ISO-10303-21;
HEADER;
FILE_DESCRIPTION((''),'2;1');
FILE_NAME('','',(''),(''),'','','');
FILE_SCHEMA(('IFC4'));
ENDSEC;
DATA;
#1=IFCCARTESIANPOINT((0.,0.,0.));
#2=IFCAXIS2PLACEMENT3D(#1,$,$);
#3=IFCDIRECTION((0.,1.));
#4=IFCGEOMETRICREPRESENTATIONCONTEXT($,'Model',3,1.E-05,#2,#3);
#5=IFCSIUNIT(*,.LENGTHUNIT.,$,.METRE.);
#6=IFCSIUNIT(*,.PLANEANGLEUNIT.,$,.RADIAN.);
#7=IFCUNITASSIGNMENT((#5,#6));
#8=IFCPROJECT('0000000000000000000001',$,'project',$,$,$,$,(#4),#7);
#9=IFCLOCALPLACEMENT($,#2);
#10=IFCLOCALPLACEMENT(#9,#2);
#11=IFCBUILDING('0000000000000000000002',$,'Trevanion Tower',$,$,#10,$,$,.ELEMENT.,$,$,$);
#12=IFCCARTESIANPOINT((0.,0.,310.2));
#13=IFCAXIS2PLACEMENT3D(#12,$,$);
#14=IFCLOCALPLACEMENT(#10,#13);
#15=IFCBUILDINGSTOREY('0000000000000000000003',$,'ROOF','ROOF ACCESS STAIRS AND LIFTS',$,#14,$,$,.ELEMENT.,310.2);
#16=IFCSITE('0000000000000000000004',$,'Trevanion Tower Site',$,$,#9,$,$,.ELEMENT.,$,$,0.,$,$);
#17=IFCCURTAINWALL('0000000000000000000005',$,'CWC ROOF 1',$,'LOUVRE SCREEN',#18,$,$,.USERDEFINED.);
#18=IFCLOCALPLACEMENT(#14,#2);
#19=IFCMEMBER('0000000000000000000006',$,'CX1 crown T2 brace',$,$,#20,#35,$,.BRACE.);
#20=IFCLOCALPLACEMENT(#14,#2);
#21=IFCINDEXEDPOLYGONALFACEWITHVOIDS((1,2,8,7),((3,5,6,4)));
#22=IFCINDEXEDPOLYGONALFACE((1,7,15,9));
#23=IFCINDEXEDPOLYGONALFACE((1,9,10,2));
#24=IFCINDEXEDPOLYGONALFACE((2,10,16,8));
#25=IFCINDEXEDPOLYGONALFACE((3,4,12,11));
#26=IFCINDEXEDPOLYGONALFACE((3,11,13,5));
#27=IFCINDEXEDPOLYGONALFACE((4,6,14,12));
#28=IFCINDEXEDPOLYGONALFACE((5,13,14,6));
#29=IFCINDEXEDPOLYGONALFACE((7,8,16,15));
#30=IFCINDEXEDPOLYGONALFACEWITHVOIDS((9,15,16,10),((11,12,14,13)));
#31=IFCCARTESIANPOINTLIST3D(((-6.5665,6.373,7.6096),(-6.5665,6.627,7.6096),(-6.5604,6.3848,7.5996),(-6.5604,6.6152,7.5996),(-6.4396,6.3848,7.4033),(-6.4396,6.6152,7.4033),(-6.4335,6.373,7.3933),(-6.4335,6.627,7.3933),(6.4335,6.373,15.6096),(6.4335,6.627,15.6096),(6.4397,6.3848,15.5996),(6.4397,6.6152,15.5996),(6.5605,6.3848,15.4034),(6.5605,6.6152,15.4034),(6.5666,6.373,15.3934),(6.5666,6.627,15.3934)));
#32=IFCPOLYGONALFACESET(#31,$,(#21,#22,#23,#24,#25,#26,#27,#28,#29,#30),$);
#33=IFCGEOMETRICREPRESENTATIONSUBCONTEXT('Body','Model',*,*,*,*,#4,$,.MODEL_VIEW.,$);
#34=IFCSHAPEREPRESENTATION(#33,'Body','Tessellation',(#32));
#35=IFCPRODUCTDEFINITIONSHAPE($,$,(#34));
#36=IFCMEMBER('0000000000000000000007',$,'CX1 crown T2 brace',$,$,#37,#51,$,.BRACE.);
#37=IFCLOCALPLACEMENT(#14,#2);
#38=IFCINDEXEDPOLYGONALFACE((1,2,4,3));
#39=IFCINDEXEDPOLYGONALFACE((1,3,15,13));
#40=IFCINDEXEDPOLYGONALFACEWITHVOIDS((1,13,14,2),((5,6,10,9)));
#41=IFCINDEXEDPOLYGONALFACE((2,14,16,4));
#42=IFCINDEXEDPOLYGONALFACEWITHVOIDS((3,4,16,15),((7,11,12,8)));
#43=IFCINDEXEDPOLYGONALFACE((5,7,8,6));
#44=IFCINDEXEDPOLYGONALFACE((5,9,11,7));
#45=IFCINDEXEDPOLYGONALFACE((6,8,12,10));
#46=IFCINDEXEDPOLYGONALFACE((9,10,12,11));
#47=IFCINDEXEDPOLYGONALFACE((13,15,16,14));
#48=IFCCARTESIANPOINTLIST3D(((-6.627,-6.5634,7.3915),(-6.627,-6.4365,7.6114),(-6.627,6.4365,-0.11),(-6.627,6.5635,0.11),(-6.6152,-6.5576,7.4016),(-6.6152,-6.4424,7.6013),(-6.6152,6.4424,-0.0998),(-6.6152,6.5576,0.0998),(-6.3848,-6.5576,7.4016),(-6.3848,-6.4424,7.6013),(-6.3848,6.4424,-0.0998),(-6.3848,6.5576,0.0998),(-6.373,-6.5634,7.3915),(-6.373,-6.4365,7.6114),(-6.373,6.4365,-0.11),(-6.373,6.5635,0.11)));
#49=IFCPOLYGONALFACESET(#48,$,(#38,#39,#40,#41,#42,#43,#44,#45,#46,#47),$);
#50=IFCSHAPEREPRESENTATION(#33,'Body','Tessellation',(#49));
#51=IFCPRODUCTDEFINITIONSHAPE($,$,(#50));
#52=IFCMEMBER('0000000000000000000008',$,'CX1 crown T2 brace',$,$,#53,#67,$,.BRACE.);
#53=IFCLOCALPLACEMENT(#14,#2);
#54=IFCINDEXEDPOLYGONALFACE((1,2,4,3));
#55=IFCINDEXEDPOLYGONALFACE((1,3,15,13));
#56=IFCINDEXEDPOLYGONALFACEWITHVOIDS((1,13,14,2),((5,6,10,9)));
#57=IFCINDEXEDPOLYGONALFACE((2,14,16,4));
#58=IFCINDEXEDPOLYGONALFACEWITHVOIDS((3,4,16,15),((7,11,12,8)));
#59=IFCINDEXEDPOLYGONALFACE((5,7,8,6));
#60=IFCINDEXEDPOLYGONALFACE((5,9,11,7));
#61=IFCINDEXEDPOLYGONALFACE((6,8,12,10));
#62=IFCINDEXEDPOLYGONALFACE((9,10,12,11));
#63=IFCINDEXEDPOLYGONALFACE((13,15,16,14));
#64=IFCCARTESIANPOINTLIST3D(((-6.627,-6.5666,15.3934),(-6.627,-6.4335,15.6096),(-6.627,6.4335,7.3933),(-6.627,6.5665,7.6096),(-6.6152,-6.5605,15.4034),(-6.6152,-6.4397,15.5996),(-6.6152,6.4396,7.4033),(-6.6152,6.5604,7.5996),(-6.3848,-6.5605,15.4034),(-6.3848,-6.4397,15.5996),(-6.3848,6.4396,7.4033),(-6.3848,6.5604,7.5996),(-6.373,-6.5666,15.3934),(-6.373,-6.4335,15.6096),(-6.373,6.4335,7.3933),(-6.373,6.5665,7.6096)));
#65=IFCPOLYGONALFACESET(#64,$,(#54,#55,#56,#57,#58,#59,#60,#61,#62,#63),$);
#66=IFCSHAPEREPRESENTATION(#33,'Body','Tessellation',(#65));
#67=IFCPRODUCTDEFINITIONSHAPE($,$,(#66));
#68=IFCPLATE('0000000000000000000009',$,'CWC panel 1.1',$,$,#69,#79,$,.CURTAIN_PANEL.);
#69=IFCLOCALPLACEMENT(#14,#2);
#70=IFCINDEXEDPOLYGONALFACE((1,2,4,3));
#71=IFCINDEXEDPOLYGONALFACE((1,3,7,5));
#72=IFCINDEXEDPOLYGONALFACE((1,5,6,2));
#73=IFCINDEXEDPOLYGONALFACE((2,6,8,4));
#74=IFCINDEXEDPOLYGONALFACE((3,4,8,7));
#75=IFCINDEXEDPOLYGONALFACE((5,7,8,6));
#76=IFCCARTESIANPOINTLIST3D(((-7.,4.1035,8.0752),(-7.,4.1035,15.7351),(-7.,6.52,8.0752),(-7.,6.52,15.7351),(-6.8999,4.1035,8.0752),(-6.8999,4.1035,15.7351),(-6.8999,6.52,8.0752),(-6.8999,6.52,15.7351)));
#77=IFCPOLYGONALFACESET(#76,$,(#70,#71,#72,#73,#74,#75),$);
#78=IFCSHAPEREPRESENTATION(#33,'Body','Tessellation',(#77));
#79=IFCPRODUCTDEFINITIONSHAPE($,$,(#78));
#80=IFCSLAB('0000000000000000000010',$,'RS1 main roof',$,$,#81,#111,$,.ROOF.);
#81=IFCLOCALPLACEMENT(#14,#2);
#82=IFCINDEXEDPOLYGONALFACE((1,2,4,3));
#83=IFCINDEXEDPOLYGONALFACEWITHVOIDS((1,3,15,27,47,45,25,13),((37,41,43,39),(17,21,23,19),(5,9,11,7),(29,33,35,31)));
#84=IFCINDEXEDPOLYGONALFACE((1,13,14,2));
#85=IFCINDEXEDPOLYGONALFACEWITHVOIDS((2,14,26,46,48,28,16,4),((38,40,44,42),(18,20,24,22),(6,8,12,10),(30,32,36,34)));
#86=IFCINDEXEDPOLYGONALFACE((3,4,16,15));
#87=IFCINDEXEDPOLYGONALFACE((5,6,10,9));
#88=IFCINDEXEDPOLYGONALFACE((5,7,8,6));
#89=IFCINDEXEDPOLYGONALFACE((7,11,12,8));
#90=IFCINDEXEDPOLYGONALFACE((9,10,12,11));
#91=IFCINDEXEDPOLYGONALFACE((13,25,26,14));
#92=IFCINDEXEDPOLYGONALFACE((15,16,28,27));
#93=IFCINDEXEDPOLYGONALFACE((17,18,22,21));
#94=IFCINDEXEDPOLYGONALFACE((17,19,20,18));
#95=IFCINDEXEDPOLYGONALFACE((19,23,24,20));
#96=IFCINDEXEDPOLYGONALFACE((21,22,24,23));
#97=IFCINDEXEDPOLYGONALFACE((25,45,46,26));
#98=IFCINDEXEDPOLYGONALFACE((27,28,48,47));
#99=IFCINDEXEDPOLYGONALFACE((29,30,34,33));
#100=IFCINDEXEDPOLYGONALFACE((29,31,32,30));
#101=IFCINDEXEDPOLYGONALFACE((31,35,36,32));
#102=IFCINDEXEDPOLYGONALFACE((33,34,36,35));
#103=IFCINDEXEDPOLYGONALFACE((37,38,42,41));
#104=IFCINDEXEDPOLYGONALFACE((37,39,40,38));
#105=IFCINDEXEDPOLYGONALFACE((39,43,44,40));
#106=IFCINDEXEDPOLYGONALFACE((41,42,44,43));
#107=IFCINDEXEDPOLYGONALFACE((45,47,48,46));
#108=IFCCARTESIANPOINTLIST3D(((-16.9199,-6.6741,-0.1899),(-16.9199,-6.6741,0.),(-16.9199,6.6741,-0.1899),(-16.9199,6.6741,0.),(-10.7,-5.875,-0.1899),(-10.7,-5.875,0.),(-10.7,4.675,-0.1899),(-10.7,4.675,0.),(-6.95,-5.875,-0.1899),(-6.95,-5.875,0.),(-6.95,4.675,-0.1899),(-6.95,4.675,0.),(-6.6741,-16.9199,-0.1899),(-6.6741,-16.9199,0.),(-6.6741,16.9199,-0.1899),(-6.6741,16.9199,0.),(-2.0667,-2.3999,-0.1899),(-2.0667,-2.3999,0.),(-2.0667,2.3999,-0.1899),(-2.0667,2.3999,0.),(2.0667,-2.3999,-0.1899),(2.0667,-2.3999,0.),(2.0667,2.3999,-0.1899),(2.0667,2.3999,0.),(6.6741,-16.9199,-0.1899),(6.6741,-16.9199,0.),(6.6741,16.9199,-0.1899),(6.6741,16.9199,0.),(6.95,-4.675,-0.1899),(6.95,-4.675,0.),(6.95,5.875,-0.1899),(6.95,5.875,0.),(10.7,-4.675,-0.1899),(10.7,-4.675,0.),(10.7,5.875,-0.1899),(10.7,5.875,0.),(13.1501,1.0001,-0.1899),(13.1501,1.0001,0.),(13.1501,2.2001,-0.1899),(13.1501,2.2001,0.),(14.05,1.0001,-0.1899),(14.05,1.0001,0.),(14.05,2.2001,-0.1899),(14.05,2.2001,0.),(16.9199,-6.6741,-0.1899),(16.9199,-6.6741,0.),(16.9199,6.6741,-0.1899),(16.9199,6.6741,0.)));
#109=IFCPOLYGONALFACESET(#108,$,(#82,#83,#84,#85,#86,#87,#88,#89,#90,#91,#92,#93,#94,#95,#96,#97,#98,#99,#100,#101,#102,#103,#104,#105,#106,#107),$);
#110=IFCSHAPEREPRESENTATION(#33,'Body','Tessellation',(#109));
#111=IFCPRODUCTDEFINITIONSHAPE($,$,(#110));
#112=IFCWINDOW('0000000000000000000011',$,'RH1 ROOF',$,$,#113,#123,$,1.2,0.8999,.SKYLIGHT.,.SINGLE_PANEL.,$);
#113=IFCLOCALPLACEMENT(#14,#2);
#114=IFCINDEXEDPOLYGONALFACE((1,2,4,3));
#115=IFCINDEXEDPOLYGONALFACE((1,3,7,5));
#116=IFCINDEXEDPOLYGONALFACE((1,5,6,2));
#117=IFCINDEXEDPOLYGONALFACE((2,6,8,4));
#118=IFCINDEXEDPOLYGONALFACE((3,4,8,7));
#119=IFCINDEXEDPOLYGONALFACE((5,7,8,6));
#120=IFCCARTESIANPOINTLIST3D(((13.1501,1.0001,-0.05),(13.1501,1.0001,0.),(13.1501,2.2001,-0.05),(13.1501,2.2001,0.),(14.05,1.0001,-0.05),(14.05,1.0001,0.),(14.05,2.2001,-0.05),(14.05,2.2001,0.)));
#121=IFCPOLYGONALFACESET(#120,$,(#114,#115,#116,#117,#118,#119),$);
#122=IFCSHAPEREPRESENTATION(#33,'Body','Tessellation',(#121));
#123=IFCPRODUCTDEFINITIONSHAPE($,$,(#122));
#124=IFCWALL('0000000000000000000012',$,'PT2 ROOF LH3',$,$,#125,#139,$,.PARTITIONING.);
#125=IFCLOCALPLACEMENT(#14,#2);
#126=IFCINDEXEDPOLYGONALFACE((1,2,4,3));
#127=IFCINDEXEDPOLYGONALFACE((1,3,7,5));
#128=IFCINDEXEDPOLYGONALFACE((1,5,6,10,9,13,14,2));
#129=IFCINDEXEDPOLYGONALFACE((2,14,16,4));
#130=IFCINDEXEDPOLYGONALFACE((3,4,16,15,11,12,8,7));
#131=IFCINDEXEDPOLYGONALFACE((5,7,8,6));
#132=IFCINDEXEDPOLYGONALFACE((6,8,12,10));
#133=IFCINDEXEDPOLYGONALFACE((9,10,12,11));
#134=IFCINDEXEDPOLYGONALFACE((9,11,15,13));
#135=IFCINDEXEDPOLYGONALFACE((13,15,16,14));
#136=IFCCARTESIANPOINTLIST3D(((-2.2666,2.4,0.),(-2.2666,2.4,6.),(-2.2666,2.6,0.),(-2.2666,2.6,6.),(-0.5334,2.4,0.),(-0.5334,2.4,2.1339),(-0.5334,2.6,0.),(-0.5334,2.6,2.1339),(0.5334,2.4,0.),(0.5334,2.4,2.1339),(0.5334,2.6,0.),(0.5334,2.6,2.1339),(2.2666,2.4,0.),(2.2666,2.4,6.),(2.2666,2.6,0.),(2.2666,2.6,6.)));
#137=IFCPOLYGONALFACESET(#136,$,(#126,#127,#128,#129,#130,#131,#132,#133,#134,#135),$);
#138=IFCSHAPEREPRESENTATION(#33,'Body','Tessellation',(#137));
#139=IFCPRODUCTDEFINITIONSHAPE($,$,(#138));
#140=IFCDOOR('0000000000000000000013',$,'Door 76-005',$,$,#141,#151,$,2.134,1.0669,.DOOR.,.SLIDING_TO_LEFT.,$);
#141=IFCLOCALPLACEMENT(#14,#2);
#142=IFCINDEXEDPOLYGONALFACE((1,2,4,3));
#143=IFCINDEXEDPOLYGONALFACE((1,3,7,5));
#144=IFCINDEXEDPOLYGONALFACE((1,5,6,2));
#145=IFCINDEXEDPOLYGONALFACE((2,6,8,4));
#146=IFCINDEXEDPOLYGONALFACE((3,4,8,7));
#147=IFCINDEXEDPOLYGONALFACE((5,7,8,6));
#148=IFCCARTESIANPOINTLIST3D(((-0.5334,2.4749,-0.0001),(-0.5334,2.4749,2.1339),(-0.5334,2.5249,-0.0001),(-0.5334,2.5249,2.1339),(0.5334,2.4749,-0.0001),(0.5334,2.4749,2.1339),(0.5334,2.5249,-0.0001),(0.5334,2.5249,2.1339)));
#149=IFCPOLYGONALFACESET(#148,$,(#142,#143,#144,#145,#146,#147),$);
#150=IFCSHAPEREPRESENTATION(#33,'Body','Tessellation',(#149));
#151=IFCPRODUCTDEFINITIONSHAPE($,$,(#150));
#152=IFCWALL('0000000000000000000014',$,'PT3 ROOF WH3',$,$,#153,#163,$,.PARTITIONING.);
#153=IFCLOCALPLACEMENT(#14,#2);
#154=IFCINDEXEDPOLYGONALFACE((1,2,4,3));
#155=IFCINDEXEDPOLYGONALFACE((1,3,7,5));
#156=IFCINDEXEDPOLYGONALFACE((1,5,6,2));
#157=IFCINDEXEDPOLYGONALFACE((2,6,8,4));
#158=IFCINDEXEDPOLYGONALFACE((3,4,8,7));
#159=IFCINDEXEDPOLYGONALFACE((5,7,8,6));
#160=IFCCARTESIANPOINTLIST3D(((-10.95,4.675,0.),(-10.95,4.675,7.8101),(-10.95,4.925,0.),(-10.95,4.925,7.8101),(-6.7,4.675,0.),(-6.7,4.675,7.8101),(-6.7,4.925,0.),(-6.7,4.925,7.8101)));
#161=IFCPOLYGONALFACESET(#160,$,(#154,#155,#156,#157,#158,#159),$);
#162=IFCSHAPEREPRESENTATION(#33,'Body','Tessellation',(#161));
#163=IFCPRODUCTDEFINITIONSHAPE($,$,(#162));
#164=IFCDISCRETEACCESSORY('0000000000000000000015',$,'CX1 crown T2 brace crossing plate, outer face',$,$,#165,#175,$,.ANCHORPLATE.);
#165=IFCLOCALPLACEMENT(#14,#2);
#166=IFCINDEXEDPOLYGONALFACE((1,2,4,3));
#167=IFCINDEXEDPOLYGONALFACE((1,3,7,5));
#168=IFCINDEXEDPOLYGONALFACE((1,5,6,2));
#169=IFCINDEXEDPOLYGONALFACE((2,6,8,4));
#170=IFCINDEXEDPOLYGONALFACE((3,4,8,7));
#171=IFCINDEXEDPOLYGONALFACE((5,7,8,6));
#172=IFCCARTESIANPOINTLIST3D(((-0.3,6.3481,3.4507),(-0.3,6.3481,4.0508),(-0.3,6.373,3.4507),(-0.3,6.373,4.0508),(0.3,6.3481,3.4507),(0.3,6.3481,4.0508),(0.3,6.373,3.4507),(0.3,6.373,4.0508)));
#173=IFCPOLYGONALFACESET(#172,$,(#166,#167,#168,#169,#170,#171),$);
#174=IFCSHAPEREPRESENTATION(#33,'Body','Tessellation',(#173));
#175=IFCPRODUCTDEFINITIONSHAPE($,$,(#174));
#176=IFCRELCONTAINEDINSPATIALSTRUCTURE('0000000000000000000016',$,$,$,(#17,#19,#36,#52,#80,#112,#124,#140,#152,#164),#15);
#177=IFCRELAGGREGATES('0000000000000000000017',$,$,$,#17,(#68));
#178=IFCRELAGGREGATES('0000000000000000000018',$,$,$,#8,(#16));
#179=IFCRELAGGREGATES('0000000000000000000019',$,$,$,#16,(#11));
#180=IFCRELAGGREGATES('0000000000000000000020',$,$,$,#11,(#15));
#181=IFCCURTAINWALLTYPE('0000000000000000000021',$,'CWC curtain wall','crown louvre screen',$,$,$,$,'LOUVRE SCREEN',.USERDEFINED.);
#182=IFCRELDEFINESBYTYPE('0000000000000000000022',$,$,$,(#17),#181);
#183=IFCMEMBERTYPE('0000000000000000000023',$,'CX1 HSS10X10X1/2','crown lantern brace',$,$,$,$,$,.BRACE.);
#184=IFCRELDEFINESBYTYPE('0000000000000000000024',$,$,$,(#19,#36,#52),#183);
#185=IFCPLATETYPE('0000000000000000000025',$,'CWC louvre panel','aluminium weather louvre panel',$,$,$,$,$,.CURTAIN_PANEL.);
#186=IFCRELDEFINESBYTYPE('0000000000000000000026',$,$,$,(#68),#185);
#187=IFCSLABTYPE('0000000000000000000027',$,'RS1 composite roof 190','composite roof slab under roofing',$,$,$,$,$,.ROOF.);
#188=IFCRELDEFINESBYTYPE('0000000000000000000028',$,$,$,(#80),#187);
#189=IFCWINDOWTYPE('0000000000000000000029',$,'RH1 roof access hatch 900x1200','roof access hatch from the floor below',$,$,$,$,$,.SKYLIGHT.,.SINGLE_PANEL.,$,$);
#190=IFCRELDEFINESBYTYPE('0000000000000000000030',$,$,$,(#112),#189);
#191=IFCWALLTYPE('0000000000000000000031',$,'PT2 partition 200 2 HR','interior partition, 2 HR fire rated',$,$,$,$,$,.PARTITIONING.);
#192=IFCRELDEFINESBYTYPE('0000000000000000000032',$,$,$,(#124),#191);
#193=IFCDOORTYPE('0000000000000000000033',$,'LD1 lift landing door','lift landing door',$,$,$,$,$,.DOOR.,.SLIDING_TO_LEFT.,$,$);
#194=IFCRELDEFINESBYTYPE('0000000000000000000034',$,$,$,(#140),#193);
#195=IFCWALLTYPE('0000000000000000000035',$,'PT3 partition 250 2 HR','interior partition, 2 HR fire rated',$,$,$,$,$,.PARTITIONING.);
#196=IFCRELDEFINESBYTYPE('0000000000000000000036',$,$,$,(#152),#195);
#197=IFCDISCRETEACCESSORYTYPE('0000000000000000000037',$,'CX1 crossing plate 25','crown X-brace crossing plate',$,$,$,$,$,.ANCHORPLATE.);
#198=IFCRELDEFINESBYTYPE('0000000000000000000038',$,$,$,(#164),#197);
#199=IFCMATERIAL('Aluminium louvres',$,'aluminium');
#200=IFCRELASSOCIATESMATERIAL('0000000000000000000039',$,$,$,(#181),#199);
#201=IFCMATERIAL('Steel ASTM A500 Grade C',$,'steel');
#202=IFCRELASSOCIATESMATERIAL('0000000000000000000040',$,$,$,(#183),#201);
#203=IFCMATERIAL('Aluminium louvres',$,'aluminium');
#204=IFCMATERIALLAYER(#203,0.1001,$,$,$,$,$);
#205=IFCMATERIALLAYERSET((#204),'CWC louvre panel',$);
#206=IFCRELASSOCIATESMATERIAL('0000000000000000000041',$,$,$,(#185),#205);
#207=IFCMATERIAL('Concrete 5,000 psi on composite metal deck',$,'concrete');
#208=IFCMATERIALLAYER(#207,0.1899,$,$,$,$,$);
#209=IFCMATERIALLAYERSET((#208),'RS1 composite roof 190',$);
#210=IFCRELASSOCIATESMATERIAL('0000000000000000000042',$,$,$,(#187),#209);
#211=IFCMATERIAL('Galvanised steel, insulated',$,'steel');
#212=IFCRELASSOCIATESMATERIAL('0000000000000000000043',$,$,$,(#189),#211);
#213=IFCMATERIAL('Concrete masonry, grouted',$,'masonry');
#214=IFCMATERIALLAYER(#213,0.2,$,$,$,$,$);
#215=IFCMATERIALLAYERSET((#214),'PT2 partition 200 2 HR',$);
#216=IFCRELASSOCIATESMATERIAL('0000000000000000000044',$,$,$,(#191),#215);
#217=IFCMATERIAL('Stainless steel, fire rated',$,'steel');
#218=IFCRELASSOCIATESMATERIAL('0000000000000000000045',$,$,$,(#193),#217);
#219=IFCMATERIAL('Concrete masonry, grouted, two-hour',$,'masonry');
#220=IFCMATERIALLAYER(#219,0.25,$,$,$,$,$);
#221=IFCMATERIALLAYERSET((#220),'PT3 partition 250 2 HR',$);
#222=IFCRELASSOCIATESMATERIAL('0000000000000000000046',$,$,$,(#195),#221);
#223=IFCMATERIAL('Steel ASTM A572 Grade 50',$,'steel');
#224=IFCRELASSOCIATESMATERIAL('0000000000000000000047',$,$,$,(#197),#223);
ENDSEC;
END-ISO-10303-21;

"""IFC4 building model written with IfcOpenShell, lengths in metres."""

from ifc_helpers import new_model, si_unit, direction, frame, frame_2d, origin, origin_2d, place, context, subcontext, project, spatial, polyline, rectangle, hollow_rectangle, outline, extrude, material, layer, layer_set, material_profile, profile_set, type_object, element, fill, aggregate, save


model = new_model("IFC4")

# Units and contexts
model_context = context("Model", 3, precision=1e-05, world=origin(), true_north=direction((0.0, 1.0)))
body_context = subcontext(model_context, "Body", "Model", "MODEL_VIEW")
ifc_project = project(units=[si_unit("LENGTHUNIT", "METRE"), si_unit("PLANEANGLEUNIT", "RADIAN")], contexts=[model_context])

# Site, building, storey
site_placement = place(None, origin())
site = spatial("IfcSite", under=ifc_project, at=site_placement, Name="Trevanion Tower Site", CompositionType="ELEMENT", RefElevation=0.0)
building_placement = place(site_placement, origin())
building = spatial("IfcBuilding", under=site, at=building_placement, Name="Trevanion Tower", CompositionType="ELEMENT")
storey_placement = place(building_placement, frame((0.0, 0.0, 310.2)))
storey = spatial("IfcBuildingStorey", under=building, at=storey_placement, Name="ROOF", Description="ROOF ACCESS STAIRS AND LIFTS", CompositionType="ELEMENT", Elevation=310.2)

# Curtain wall
ifc_material_1 = material(Name="Aluminium louvres", Category="aluminium")
curtain_wall_type = type_object("IfcCurtainWallType", Name="CWC curtain wall", Description="crown louvre screen", ElementType="LOUVRE SCREEN", PredefinedType="USERDEFINED", material=ifc_material_1)
curtain_wall_placement = place(storey_placement, origin())
curtain_wall = element("IfcCurtainWall", 1, at=curtain_wall_placement, inside=storey, type_object=curtain_wall_type, Name="CWC ROOF 1", ObjectType="LOUVRE SCREEN", PredefinedType="USERDEFINED")

# Members
ifc_material_2 = material(Name="Steel ASTM A500 Grade C", Category="steel")
ifc_material_profile_1 = material_profile(ifc_material_2, hollow_rectangle(XDim=0.2539, YDim=0.2539, WallThickness=0.0117, at=origin_2d()), Name="HSS10X10X1/2")
ifc_profile_set_1 = profile_set([ifc_material_profile_1], Name="Steel ASTM A500 Grade C")
member_type_1 = type_object("IfcMemberType", Name="CX1 HSS10X10X1/2", Description="crown lantern brace", PredefinedType="BRACE", material=ifc_profile_set_1)
member_1_placement = place(storey_placement, frame((-6.5, 6.5, 7.5015), z_axis=(0.851658, 0.0, 0.524097), x_axis=(0.0, 1.0, 0.0)))
element("IfcMember", 2, at=member_1_placement, inside=storey, type_object=member_type_1, Name="CX1 crown T2 brace", PredefinedType="BRACE", context=body_context, shape_type="SweptSolid", body=[
    extrude(hollow_rectangle(XDim=0.2539, YDim=0.2539, WallThickness=0.0117, at=origin_2d()), origin(), (0.0, 0.0, 1.0), 15.2644),
])
member_2_placement = place(storey_placement, frame((-6.5, 6.5, 0.0), z_axis=(0.0, -0.866143, 0.499796), x_axis=(1.0, 0.0, 0.0)))
element("IfcMember", 3, at=member_2_placement, inside=storey, type_object=member_type_1, Name="CX1 crown T2 brace", PredefinedType="BRACE", context=body_context, shape_type="SweptSolid", body=[
    extrude(hollow_rectangle(XDim=0.2539, YDim=0.2539, WallThickness=0.0117, at=origin_2d()), origin(), (0.0, 0.0, 1.0), 15.009),
])
member_3_placement = place(storey_placement, frame((-6.5, 6.5, 7.5015), z_axis=(0.0, -0.851658, 0.524097), x_axis=(1.0, 0.0, 0.0)))
element("IfcMember", 4, at=member_3_placement, inside=storey, type_object=member_type_1, Name="CX1 crown T2 brace", PredefinedType="BRACE", context=body_context, shape_type="SweptSolid", body=[
    extrude(hollow_rectangle(XDim=0.2539, YDim=0.2539, WallThickness=0.0117, at=origin_2d()), origin(), (0.0, 0.0, 1.0), 15.2644),
])

# Plate
ifc_material_3 = material(Name="Aluminium louvres", Category="aluminium")
ifc_layer_1 = layer(ifc_material_3, 0.1001)
ifc_layer_set_1 = layer_set([ifc_layer_1], Name="CWC louvre panel")
plate_type = type_object("IfcPlateType", Name="CWC louvre panel", Description="aluminium weather louvre panel", PredefinedType="CURTAIN_PANEL", material=ifc_layer_set_1)
plate_placement = place(storey_placement, frame((-6.95, 5.3118, 8.0752), z_axis=(0.0, 0.0, 1.0), x_axis=(0.0, -1.0, 0.0)))
plate = element("IfcPlate", 5, at=plate_placement, type_object=plate_type, Name="CWC panel 1.1", PredefinedType="CURTAIN_PANEL", context=body_context, shape_type="SweptSolid", body=[
    extrude(rectangle(XDim=2.4165, YDim=0.1001, at=origin_2d()), origin(), (0.0, 0.0, 1.0), 7.6599),
])
aggregate(curtain_wall, [plate])

# Slab, opening, window
ifc_material_4 = material(Name="Concrete 5,000 psi on composite metal deck", Category="concrete")
ifc_layer_2 = layer(ifc_material_4, 0.1899)
ifc_layer_set_2 = layer_set([ifc_layer_2], Name="RS1 composite roof 190")
slab_type = type_object("IfcSlabType", Name="RS1 composite roof 190", Description="composite roof slab under roofing", PredefinedType="ROOF", material=ifc_layer_set_2)
slab_placement = place(storey_placement, frame((0.0, 0.0, -0.1899)))
slab = element("IfcSlab", 6, at=slab_placement, inside=storey, type_object=slab_type, Name="RS1 main roof", PredefinedType="ROOF", context=body_context, shape_type="SweptSolid", body=[
    extrude(outline(polyline([(16.9199, -6.6741), (16.9199, 6.6741), (6.6741, 16.9199), (-6.6741, 16.9199), (-16.9199, 6.6741), (-16.9199, -6.6741), (-6.6741, -16.9199), (6.6741, -16.9199), (16.9199, -6.6741)]), holes=[polyline([(6.95, -4.675), (10.7, -4.675), (10.7, 5.875), (6.95, 5.875), (6.95, -4.675)]), polyline([(-6.95, 4.675), (-10.7, 4.675), (-10.7, -5.875), (-6.95, -5.875), (-6.95, 4.675)]), polyline([(-2.0667, -2.3999), (2.0667, -2.3999), (2.0667, 2.3999), (-2.0667, 2.3999), (-2.0667, -2.3999)])]), origin(), (0.0, 0.0, 1.0), 0.1899),
])
opening_1_placement = place(slab_placement, frame((13.6001, 1.6001, 0.0)))
opening_1 = element("IfcOpeningElement", 7, at=opening_1_placement, cuts=slab, PredefinedType="OPENING", context=body_context, shape_type="SweptSolid", body=[
    extrude(rectangle(XDim=0.8999, YDim=1.2, at=origin_2d()), origin(), (0.0, 0.0, 1.0), 0.1899),
])
ifc_material_5 = material(Name="Galvanised steel, insulated", Category="steel")
window_type = type_object("IfcWindowType", Name="RH1 roof access hatch 900x1200", Description="roof access hatch from the floor below", PartitioningType="SINGLE_PANEL", PredefinedType="SKYLIGHT", material=ifc_material_5)
window_placement = place(opening_1_placement, frame((0.0, 0.0, 0.1399)))
window = element("IfcWindow", 8, at=window_placement, inside=storey, type_object=window_type, Name="RH1 ROOF", OverallHeight=1.2, OverallWidth=0.8999, PartitioningType="SINGLE_PANEL", PredefinedType="SKYLIGHT", context=body_context, shape_type="SweptSolid", body=[
    extrude(rectangle(XDim=0.8999, YDim=1.2, at=origin_2d()), origin(), (0.0, 0.0, 1.0), 0.05),
])
fill(opening_1, window)

# Wall, opening, door
ifc_material_6 = material(Name="Concrete masonry, grouted", Category="masonry")
ifc_layer_3 = layer(ifc_material_6, 0.2)
ifc_layer_set_3 = layer_set([ifc_layer_3], Name="PT2 partition 200 2 HR")
wall_type_1 = type_object("IfcWallType", Name="PT2 partition 200 2 HR", Description="interior partition, 2 HR fire rated", PredefinedType="PARTITIONING", material=ifc_layer_set_3)
wall_1_placement = place(storey_placement, frame((-2.2666, 2.5, 0.0), z_axis=(0.0, 0.0, 1.0), x_axis=(1.0, 0.0, 0.0)))
wall_1 = element("IfcWall", 9, at=wall_1_placement, inside=storey, type_object=wall_type_1, Name="PT2 ROOF LH3", PredefinedType="PARTITIONING", context=body_context, shape_type="SweptSolid", body=[
    extrude(rectangle(XDim=4.5332, YDim=0.2, at=frame_2d((2.2666, 0.0))), origin(), (0.0, 0.0, 1.0), 6.0),
])
opening_2_placement = place(wall_1_placement, frame((1.7332, 0.0, 0.0)))
opening_2 = element("IfcOpeningElement", 10, at=opening_2_placement, cuts=wall_1, PredefinedType="OPENING", context=body_context, shape_type="SweptSolid", body=[
    extrude(rectangle(XDim=1.0669, YDim=2.134, at=frame_2d((0.5334, 1.0669))), frame((0.0, 0.1099, 0.0), z_axis=(0.0, -1.0, 0.0), x_axis=(1.0, 0.0, 0.0)), (0.0, 0.0, 1.0), 0.22),
])
ifc_material_7 = material(Name="Stainless steel, fire rated", Category="steel")
door_type = type_object("IfcDoorType", Name="LD1 lift landing door", Description="lift landing door", OperationType="SLIDING_TO_LEFT", PredefinedType="DOOR", material=ifc_material_7)
door_placement = place(opening_2_placement, origin())
door = element("IfcDoor", 11, at=door_placement, inside=storey, type_object=door_type, Name="Door 76-005", OperationType="SLIDING_TO_LEFT", OverallHeight=2.134, OverallWidth=1.0669, PredefinedType="DOOR", context=body_context, shape_type="SweptSolid", body=[
    extrude(rectangle(XDim=1.0669, YDim=2.134, at=frame_2d((0.5334, 1.0669))), frame((0.0, 0.0249, 0.0), z_axis=(0.0, -1.0, 0.0), x_axis=(1.0, 0.0, 0.0)), (0.0, 0.0, 1.0), 0.05),
])
fill(opening_2, door)

# Wall
ifc_material_8 = material(Name="Concrete masonry, grouted, two-hour", Category="masonry")
ifc_layer_4 = layer(ifc_material_8, 0.25)
ifc_layer_set_4 = layer_set([ifc_layer_4], Name="PT3 partition 250 2 HR")
wall_type_2 = type_object("IfcWallType", Name="PT3 partition 250 2 HR", Description="interior partition, 2 HR fire rated", PredefinedType="PARTITIONING", material=ifc_layer_set_4)
wall_2_placement = place(storey_placement, frame((-6.7, 4.8, 0.0), z_axis=(0.0, 0.0, 1.0), x_axis=(-1.0, 0.0, 0.0)))
element("IfcWall", 12, at=wall_2_placement, inside=storey, type_object=wall_type_2, Name="PT3 ROOF WH3", PredefinedType="PARTITIONING", context=body_context, shape_type="SweptSolid", body=[
    extrude(rectangle(XDim=4.25, YDim=0.25, at=frame_2d((2.125, 0.0))), origin(), (0.0, 0.0, 1.0), 7.8101),
])

# Discrete accessory
ifc_material_9 = material(Name="Steel ASTM A572 Grade 50", Category="steel")
discrete_accessory_type = type_object("IfcDiscreteAccessoryType", Name="CX1 crossing plate 25", Description="crown X-brace crossing plate", PredefinedType="ANCHORPLATE", material=ifc_material_9)
for number, where, z_axis, x_axis, name in (
    (13, (0.0, 6.3606, 3.4507), (0.0, 0.0, 1.0), (-1.0, 0.0, 0.0), "CX1 crown T2 brace crossing plate, outer face"),
):
    element("IfcDiscreteAccessory", number, at=place(storey_placement, frame(where, z_axis=z_axis, x_axis=x_axis)), inside=storey, type_object=discrete_accessory_type, Name=name, PredefinedType="ANCHORPLATE", context=body_context, shape_type="SweptSolid", body=[
        extrude(rectangle(XDim=0.6001, YDim=0.0249, at=origin_2d()), origin(), (0.0, 0.0, 1.0), 0.6001),
    ])

save(model, "model.ifc")
